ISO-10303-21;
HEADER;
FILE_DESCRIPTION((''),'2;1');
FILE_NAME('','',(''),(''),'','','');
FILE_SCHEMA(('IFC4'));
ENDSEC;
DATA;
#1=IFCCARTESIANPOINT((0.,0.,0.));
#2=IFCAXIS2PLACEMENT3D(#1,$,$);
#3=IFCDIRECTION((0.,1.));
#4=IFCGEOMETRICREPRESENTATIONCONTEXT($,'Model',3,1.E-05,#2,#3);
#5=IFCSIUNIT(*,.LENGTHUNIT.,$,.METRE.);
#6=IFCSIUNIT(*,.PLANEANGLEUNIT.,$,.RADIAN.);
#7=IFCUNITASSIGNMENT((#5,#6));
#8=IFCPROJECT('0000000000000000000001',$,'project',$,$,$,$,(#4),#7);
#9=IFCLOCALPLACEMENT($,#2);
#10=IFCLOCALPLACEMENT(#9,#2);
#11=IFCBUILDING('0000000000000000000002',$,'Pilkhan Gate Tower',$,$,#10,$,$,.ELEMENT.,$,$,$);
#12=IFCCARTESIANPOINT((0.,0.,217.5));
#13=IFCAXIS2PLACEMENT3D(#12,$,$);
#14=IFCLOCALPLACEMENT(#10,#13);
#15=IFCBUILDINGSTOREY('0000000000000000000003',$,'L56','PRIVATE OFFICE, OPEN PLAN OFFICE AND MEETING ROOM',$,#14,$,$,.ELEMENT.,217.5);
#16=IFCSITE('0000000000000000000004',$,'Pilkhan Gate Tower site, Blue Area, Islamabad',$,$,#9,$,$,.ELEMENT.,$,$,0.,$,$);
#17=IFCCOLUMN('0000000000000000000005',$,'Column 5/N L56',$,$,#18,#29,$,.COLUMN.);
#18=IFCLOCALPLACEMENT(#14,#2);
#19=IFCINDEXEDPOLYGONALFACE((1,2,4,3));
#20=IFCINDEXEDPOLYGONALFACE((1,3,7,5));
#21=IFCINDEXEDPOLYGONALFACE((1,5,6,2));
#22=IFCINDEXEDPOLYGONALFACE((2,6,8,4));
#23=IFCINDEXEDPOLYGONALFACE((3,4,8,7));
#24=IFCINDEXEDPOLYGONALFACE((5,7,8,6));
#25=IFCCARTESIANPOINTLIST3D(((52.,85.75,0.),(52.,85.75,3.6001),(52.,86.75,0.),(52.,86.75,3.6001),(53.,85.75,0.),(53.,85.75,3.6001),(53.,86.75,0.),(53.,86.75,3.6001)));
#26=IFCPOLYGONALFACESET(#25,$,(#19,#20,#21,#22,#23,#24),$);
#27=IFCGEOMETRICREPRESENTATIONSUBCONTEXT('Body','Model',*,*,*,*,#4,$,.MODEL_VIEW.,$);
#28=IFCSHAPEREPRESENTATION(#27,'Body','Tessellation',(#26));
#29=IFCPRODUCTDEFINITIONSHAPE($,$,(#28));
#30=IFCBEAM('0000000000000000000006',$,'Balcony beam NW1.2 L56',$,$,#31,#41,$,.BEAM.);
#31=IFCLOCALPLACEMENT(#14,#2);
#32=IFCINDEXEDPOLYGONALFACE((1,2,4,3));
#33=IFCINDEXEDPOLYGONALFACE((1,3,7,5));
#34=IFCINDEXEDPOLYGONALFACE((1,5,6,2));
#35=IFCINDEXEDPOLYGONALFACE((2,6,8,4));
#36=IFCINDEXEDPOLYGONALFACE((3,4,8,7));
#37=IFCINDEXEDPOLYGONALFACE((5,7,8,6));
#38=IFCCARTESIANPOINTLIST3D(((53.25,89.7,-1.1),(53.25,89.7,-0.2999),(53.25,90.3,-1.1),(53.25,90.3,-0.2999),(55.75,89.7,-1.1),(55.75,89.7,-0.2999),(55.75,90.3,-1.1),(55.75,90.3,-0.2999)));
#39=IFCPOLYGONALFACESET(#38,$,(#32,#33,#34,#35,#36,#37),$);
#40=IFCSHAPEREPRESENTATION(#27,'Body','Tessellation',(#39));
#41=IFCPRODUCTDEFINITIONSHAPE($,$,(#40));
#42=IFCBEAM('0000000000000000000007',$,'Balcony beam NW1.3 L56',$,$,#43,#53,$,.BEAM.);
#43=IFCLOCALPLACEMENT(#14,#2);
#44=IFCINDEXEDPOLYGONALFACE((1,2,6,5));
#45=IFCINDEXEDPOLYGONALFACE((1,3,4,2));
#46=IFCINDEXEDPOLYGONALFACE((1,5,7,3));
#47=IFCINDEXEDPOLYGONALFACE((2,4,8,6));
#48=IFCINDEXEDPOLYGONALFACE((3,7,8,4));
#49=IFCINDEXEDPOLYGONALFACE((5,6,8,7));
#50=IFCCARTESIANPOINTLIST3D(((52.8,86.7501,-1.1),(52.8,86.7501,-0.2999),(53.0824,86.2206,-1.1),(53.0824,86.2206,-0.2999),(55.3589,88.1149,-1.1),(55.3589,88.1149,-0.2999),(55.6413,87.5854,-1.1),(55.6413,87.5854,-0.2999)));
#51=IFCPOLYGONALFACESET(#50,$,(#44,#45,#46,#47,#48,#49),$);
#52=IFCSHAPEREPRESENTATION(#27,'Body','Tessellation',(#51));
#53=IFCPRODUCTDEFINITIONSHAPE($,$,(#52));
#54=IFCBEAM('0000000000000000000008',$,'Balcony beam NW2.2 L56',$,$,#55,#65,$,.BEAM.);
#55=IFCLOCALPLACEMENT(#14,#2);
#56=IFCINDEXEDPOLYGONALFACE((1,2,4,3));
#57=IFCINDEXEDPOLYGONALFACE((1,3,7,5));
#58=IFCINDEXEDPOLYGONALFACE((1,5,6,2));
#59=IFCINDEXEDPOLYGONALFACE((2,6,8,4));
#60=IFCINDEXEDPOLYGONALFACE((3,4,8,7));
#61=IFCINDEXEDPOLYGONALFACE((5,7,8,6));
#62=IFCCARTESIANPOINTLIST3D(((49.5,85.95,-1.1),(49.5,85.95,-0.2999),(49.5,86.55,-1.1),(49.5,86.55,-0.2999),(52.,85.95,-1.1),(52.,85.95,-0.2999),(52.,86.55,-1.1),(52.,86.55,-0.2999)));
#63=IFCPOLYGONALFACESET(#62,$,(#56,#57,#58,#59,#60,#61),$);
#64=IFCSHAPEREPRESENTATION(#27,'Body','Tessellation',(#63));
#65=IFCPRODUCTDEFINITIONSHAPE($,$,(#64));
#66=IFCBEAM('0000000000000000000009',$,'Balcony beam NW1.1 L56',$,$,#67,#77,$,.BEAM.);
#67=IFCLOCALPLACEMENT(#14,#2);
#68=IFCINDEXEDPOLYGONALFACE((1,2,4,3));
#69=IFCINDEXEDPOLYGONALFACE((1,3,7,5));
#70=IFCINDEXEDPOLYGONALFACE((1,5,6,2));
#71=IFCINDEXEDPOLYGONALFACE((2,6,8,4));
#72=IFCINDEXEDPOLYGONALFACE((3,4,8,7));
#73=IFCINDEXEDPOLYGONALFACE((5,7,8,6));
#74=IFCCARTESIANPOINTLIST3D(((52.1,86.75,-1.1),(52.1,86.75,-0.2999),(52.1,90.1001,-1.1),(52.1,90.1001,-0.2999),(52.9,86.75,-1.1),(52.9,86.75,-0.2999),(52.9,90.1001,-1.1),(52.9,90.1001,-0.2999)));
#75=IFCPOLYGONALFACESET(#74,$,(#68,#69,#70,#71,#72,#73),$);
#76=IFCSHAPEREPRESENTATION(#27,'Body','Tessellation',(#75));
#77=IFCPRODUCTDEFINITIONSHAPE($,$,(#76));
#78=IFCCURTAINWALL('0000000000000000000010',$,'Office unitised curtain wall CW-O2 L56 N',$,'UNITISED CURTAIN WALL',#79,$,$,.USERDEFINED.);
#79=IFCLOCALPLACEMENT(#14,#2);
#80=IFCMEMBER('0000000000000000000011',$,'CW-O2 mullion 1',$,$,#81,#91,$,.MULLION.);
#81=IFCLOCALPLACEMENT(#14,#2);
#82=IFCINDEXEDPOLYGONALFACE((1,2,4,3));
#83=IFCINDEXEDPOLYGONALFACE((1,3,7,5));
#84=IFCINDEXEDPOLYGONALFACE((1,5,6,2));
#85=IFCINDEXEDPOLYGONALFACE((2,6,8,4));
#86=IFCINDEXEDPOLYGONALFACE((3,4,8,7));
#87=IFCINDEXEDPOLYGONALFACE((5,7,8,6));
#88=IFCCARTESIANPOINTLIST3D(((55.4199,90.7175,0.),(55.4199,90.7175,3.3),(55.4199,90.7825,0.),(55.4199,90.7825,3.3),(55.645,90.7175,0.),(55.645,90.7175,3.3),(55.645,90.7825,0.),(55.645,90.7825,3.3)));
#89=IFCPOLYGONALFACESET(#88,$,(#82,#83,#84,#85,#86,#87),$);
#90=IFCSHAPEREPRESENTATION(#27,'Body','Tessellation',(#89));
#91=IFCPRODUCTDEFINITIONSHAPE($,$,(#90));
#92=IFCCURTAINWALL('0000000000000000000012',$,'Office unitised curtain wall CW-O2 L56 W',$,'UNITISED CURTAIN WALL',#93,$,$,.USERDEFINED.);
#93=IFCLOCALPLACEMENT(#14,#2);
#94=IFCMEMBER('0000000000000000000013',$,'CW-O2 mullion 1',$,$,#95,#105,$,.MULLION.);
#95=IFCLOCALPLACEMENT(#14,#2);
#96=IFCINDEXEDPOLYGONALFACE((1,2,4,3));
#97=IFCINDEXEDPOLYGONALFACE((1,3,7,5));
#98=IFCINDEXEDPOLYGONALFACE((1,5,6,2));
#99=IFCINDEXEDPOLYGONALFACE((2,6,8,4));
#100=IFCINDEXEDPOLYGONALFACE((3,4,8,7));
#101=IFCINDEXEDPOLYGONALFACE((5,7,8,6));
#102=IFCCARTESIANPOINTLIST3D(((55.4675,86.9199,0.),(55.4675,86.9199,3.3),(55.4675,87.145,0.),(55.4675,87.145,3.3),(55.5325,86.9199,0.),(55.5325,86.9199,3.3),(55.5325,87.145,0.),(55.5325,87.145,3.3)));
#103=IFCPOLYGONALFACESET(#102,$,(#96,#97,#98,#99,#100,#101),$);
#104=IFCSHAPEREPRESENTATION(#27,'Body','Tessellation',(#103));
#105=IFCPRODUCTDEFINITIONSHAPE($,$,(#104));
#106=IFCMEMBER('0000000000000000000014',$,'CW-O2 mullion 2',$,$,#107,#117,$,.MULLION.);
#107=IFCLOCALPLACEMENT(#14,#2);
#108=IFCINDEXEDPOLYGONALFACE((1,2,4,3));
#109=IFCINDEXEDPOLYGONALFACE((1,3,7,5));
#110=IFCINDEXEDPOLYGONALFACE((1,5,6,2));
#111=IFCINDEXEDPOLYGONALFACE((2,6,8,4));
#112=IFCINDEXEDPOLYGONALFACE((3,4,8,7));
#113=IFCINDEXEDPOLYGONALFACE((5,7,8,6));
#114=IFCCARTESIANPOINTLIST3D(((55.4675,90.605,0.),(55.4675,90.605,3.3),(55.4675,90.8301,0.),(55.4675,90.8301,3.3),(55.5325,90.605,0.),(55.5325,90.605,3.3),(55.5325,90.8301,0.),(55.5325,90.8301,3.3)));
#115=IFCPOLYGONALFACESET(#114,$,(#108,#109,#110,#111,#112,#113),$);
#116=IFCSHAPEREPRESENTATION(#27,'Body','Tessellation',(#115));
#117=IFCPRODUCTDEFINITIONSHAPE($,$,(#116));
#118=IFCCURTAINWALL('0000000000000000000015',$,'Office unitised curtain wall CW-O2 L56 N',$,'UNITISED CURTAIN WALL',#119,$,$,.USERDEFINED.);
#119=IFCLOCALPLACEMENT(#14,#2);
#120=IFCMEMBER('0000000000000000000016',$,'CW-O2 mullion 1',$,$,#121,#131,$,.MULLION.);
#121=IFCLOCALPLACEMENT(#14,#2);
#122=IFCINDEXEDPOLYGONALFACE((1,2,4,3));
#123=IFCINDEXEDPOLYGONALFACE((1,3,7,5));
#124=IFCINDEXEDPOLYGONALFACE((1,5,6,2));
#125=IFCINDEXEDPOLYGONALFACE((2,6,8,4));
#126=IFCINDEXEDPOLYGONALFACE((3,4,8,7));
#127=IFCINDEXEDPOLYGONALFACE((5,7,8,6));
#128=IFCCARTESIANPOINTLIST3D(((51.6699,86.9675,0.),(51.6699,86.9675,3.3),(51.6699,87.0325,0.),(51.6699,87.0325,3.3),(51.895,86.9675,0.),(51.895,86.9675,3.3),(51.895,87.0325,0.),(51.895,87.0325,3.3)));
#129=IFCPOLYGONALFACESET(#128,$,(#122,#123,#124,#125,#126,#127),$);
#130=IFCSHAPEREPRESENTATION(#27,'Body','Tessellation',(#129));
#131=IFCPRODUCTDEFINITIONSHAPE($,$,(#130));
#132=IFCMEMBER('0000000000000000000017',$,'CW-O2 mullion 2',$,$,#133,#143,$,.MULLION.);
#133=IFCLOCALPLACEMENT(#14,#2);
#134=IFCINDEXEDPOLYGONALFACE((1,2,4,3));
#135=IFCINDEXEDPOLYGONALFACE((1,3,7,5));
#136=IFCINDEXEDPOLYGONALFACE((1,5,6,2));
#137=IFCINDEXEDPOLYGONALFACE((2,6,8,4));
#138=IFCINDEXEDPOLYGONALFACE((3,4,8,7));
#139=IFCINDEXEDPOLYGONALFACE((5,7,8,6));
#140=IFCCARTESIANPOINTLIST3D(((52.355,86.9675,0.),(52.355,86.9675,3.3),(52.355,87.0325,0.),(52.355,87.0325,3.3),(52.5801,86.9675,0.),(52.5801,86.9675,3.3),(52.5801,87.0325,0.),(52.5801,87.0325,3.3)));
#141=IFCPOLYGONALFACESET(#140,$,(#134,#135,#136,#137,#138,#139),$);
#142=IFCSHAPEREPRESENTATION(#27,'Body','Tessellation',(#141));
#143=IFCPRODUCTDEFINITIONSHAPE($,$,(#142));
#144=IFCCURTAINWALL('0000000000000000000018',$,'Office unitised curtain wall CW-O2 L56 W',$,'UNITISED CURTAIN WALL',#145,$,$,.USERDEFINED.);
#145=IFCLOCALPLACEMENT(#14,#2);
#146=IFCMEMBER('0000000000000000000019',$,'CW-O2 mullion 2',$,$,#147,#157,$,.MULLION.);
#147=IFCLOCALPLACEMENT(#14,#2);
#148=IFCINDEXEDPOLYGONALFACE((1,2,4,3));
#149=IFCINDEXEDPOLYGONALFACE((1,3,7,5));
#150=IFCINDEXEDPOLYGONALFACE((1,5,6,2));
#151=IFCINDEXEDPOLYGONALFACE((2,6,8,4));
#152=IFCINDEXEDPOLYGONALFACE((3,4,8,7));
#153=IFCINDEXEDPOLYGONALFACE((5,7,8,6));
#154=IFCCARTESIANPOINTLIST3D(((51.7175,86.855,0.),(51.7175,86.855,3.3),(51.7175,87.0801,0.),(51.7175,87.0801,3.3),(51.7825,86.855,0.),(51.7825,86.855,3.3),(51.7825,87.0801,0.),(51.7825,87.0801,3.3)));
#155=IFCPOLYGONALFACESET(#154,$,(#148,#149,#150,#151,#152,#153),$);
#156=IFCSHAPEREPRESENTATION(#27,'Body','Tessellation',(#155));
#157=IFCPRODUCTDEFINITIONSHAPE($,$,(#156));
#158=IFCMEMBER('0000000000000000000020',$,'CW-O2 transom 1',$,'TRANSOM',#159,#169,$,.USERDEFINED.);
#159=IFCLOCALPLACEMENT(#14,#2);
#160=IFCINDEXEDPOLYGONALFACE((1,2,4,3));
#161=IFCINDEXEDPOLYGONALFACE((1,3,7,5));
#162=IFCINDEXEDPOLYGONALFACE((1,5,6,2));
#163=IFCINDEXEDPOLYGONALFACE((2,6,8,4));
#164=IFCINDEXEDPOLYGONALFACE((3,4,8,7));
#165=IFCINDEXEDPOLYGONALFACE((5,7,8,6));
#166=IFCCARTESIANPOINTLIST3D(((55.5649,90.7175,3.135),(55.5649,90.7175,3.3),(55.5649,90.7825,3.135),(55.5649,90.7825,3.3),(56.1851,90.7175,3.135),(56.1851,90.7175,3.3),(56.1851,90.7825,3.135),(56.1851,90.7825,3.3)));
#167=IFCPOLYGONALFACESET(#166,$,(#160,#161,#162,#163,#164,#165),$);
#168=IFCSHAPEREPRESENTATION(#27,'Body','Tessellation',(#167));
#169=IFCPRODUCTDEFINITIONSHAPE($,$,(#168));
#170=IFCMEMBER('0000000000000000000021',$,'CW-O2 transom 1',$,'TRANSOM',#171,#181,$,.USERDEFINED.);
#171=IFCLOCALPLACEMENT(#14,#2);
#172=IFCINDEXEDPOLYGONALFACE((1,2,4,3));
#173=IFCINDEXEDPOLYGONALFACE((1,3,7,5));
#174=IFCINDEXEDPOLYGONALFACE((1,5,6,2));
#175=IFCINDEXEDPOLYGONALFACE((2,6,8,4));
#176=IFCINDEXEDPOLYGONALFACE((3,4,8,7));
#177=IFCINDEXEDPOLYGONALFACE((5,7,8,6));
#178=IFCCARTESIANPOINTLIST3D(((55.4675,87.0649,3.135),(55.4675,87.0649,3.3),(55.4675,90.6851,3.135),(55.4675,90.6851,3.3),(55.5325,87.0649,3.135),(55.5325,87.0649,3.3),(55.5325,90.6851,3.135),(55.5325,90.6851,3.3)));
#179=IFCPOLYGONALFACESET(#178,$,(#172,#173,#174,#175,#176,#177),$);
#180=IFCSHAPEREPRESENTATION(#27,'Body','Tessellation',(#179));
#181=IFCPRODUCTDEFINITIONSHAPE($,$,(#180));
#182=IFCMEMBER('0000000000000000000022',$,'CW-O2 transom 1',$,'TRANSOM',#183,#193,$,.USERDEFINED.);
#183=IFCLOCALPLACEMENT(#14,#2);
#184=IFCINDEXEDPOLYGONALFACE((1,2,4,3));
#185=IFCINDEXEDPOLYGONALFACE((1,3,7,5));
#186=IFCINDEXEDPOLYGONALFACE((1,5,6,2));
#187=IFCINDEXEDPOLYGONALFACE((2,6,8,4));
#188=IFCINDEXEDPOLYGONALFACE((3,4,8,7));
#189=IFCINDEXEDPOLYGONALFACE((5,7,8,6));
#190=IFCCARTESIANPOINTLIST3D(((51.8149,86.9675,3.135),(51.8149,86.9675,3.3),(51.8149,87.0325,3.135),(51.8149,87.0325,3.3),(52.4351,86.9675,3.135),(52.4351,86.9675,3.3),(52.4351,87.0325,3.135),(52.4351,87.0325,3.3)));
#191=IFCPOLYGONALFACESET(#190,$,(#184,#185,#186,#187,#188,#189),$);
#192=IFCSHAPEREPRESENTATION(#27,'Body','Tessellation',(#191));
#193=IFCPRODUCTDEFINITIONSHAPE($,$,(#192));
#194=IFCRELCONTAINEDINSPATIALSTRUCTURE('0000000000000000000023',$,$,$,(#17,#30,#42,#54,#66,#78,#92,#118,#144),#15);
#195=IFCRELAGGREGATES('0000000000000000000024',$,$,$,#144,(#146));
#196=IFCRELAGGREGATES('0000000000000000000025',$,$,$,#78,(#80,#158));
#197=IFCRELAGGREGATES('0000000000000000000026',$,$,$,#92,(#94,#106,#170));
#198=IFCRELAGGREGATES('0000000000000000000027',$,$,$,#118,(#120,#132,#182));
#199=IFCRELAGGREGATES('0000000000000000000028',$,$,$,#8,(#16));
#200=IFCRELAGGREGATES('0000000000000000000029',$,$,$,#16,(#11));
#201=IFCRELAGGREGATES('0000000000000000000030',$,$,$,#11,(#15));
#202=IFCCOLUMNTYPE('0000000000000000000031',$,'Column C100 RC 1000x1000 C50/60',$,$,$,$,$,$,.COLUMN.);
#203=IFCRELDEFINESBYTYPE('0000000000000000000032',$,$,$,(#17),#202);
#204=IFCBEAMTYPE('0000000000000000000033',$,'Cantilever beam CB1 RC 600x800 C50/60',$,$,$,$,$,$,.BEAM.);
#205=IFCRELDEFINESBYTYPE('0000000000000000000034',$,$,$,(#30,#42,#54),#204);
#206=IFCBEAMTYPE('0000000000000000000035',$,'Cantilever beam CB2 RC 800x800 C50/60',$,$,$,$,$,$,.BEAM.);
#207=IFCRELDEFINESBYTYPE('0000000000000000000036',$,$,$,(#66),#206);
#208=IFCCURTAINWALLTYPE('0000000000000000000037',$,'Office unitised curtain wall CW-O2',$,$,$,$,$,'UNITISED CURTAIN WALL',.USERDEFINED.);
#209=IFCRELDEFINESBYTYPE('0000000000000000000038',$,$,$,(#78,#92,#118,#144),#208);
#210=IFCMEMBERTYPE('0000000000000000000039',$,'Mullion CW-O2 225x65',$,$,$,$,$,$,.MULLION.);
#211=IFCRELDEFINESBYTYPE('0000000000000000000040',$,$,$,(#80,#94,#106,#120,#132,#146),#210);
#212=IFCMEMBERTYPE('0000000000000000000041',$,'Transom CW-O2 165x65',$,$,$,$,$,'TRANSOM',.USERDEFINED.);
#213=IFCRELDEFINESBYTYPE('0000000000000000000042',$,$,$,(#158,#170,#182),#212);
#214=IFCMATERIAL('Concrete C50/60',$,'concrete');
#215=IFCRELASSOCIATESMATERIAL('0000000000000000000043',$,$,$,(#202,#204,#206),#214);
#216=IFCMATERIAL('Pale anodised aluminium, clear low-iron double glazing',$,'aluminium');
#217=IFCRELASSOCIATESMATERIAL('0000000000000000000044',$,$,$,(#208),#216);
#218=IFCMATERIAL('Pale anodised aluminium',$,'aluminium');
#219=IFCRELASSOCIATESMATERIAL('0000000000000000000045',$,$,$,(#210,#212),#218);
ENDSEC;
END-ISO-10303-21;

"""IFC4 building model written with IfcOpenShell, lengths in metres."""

from ifc_helpers import new_model, si_unit, direction, frame, origin, origin_2d, place, context, subcontext, project, spatial, rectangle, extrude, material, material_profile, profile_set, type_object, element, aggregate, save


model = new_model("IFC4")

# Units and contexts
model_context = context("Model", 3, precision=1e-05, world=origin(), true_north=direction((0.0, 1.0)))
body_context = subcontext(model_context, "Body", "Model", "MODEL_VIEW")
ifc_project = project(units=[si_unit("LENGTHUNIT", "METRE"), si_unit("PLANEANGLEUNIT", "RADIAN")], contexts=[model_context])

# Site, building, storey
site_placement = place(None, origin())
site = spatial("IfcSite", under=ifc_project, at=site_placement, Name="Pilkhan Gate Tower site, Blue Area, Islamabad", CompositionType="ELEMENT", RefElevation=0.0)
building_placement = place(site_placement, origin())
building = spatial("IfcBuilding", under=site, at=building_placement, Name="Pilkhan Gate Tower", CompositionType="ELEMENT")
storey_placement = place(building_placement, frame((0.0, 0.0, 217.5)))
storey = spatial("IfcBuildingStorey", under=building, at=storey_placement, Name="L56", Description="PRIVATE OFFICE, OPEN PLAN OFFICE AND MEETING ROOM", CompositionType="ELEMENT", Elevation=217.5)

# Column
ifc_material_1 = material(Name="Concrete C50/60", Category="concrete")
ifc_material_profile_1 = material_profile(ifc_material_1, rectangle(XDim=1.0, YDim=1.0, at=origin_2d()), Name="RC 1000x1000")
ifc_profile_set_1 = profile_set([ifc_material_profile_1], Name="Concrete C50/60")
column_type = type_object("IfcColumnType", Name="Column C100 RC 1000x1000 C50/60", PredefinedType="COLUMN", material=ifc_profile_set_1)
column_placement = place(storey_placement, frame((52.5, 86.25, 0.0), z_axis=(0.0, 0.0, 1.0), x_axis=(1.0, 0.0, 0.0)))
element("IfcColumn", 1, at=column_placement, inside=storey, type_object=column_type, Name="Column 5/N L56", PredefinedType="COLUMN", context=body_context, shape_type="SweptSolid", body=[
    extrude(rectangle(XDim=1.0, YDim=1.0, at=origin_2d()), origin(), (0.0, 0.0, 1.0), 3.6001),
])

# Beams
ifc_material_profile_2 = material_profile(ifc_material_1, rectangle(XDim=0.6001, YDim=0.8, at=origin_2d()), Name="RC 600x800")
ifc_profile_set_2 = profile_set([ifc_material_profile_2], Name="Concrete C50/60")
beam_type_1 = type_object("IfcBeamType", Name="Cantilever beam CB1 RC 600x800 C50/60", PredefinedType="BEAM", material=ifc_profile_set_2)
beam_1_placement = place(storey_placement, frame((55.75, 90.0, -0.7), z_axis=(-1.0, 0.0, 0.0), x_axis=(0.0, -1.0, 0.0)))
element("IfcBeam", 2, at=beam_1_placement, inside=storey, type_object=beam_type_1, Name="Balcony beam NW1.2 L56", PredefinedType="BEAM", context=body_context, shape_type="SweptSolid", body=[
    extrude(rectangle(XDim=0.6001, YDim=0.8, at=origin_2d()), origin(), (0.0, 0.0, 1.0), 2.5),
])
beam_2_placement = place(storey_placement, frame((52.9412, 86.4854, -0.7), z_axis=(0.882348, 0.470597, 0.0), x_axis=(-0.470597, 0.882348, 0.0)))
element("IfcBeam", 3, at=beam_2_placement, inside=storey, type_object=beam_type_1, Name="Balcony beam NW1.3 L56", PredefinedType="BEAM", context=body_context, shape_type="SweptSolid", body=[
    extrude(rectangle(XDim=0.6001, YDim=0.8, at=origin_2d()), origin(), (0.0, 0.0, 1.0), 2.9001),
])
beam_3_placement = place(storey_placement, frame((52.0, 86.25, -0.7), z_axis=(-1.0, 0.0, 0.0), x_axis=(0.0, -1.0, 0.0)))
element("IfcBeam", 4, at=beam_3_placement, inside=storey, type_object=beam_type_1, Name="Balcony beam NW2.2 L56", PredefinedType="BEAM", context=body_context, shape_type="SweptSolid", body=[
    extrude(rectangle(XDim=0.6001, YDim=0.8, at=origin_2d()), origin(), (0.0, 0.0, 1.0), 2.5),
])
ifc_material_profile_3 = material_profile(ifc_material_1, rectangle(XDim=0.8, YDim=0.8, at=origin_2d()), Name="RC 800x800")
ifc_profile_set_3 = profile_set([ifc_material_profile_3], Name="Concrete C50/60")
beam_type_2 = type_object("IfcBeamType", Name="Cantilever beam CB2 RC 800x800 C50/60", PredefinedType="BEAM", material=ifc_profile_set_3)
beam_4_placement = place(storey_placement, frame((52.5, 86.75, -0.7), z_axis=(0.0, 1.0, 0.0), x_axis=(-1.0, 0.0, 0.0)))
element("IfcBeam", 5, at=beam_4_placement, inside=storey, type_object=beam_type_2, Name="Balcony beam NW1.1 L56", PredefinedType="BEAM", context=body_context, shape_type="SweptSolid", body=[
    extrude(rectangle(XDim=0.8, YDim=0.8, at=origin_2d()), origin(), (0.0, 0.0, 1.0), 3.3501),
])

# Curtain wall, member
ifc_material_2 = material(Name="Pale anodised aluminium, clear low-iron double glazing", Category="aluminium")
curtain_wall_type = type_object("IfcCurtainWallType", Name="Office unitised curtain wall CW-O2", ElementType="UNITISED CURTAIN WALL", PredefinedType="USERDEFINED", material=ifc_material_2)
curtain_wall_1_placement = place(storey_placement, origin())
curtain_wall_1 = element("IfcCurtainWall", 6, at=curtain_wall_1_placement, inside=storey, type_object=curtain_wall_type, Name="Office unitised curtain wall CW-O2 L56 N", ObjectType="UNITISED CURTAIN WALL", PredefinedType="USERDEFINED")
ifc_material_3 = material(Name="Pale anodised aluminium", Category="aluminium")
ifc_material_profile_4 = material_profile(ifc_material_3, rectangle(XDim=0.0649, YDim=0.2251, at=origin_2d()), Name="Mullion 225x65")
ifc_profile_set_4 = profile_set([ifc_material_profile_4], Name="Pale anodised aluminium")
member_type_1 = type_object("IfcMemberType", Name="Mullion CW-O2 225x65", PredefinedType="MULLION", material=ifc_profile_set_4)
member_1_placement = place(storey_placement, frame((55.5325, 90.75, 0.0), z_axis=(0.0, 0.0, 1.0), x_axis=(0.0, 1.0, 0.0)))
member_1 = element("IfcMember", 7, at=member_1_placement, type_object=member_type_1, Name="CW-O2 mullion 1", PredefinedType="MULLION", context=body_context, shape_type="SweptSolid", body=[
    extrude(rectangle(XDim=0.0649, YDim=0.2251, at=origin_2d()), origin(), (0.0, 0.0, 1.0), 3.3),
])

# Curtain walls, members
curtain_wall_2_placement = place(storey_placement, origin())
curtain_wall_2 = element("IfcCurtainWall", 8, at=curtain_wall_2_placement, inside=storey, type_object=curtain_wall_type, Name="Office unitised curtain wall CW-O2 L56 W", ObjectType="UNITISED CURTAIN WALL", PredefinedType="USERDEFINED")
member_2_placement = place(storey_placement, frame((55.5, 87.0325, 0.0), z_axis=(0.0, 0.0, 1.0), x_axis=(-1.0, 0.0, 0.0)))
member_2 = element("IfcMember", 9, at=member_2_placement, type_object=member_type_1, Name="CW-O2 mullion 1", PredefinedType="MULLION", context=body_context, shape_type="SweptSolid", body=[
    extrude(rectangle(XDim=0.0649, YDim=0.2251, at=origin_2d()), origin(), (0.0, 0.0, 1.0), 3.3),
])
member_3_placement = place(storey_placement, frame((55.5, 90.7175, 0.0), z_axis=(0.0, 0.0, 1.0), x_axis=(-1.0, 0.0, 0.0)))
member_3 = element("IfcMember", 10, at=member_3_placement, type_object=member_type_1, Name="CW-O2 mullion 2", PredefinedType="MULLION", context=body_context, shape_type="SweptSolid", body=[
    extrude(rectangle(XDim=0.0649, YDim=0.2251, at=origin_2d()), origin(), (0.0, 0.0, 1.0), 3.3),
])
curtain_wall_3_placement = place(storey_placement, origin())
curtain_wall_3 = element("IfcCurtainWall", 11, at=curtain_wall_3_placement, inside=storey, type_object=curtain_wall_type, Name="Office unitised curtain wall CW-O2 L56 N", ObjectType="UNITISED CURTAIN WALL", PredefinedType="USERDEFINED")
member_4_placement = place(storey_placement, frame((51.7825, 87.0, 0.0), z_axis=(0.0, 0.0, 1.0), x_axis=(0.0, 1.0, 0.0)))
member_4 = element("IfcMember", 12, at=member_4_placement, type_object=member_type_1, Name="CW-O2 mullion 1", PredefinedType="MULLION", context=body_context, shape_type="SweptSolid", body=[
    extrude(rectangle(XDim=0.0649, YDim=0.2251, at=origin_2d()), origin(), (0.0, 0.0, 1.0), 3.3),
])
member_5_placement = place(storey_placement, frame((52.4675, 87.0, 0.0), z_axis=(0.0, 0.0, 1.0), x_axis=(0.0, 1.0, 0.0)))
member_5 = element("IfcMember", 13, at=member_5_placement, type_object=member_type_1, Name="CW-O2 mullion 2", PredefinedType="MULLION", context=body_context, shape_type="SweptSolid", body=[
    extrude(rectangle(XDim=0.0649, YDim=0.2251, at=origin_2d()), origin(), (0.0, 0.0, 1.0), 3.3),
])

# Curtain wall, member
curtain_wall_4_placement = place(storey_placement, origin())
curtain_wall_4 = element("IfcCurtainWall", 14, at=curtain_wall_4_placement, inside=storey, type_object=curtain_wall_type, Name="Office unitised curtain wall CW-O2 L56 W", ObjectType="UNITISED CURTAIN WALL", PredefinedType="USERDEFINED")
member_6_placement = place(storey_placement, frame((51.75, 86.9675, 0.0), z_axis=(0.0, 0.0, 1.0), x_axis=(-1.0, 0.0, 0.0)))
member_6 = element("IfcMember", 15, at=member_6_placement, type_object=member_type_1, Name="CW-O2 mullion 2", PredefinedType="MULLION", context=body_context, shape_type="SweptSolid", body=[
    extrude(rectangle(XDim=0.0649, YDim=0.2251, at=origin_2d()), origin(), (0.0, 0.0, 1.0), 3.3),
])
aggregate(curtain_wall_4, [member_6])

# Members
ifc_material_profile_5 = material_profile(ifc_material_3, rectangle(XDim=0.0649, YDim=0.165, at=origin_2d()), Name="Transom 165x65")
ifc_profile_set_5 = profile_set([ifc_material_profile_5], Name="Pale anodised aluminium")
member_type_2 = type_object("IfcMemberType", Name="Transom CW-O2 165x65", ElementType="TRANSOM", PredefinedType="USERDEFINED", material=ifc_profile_set_5)
member_7_placement = place(storey_placement, frame((55.5649, 90.75, 3.2175), z_axis=(1.0, 0.0, 0.0), x_axis=(0.0, 1.0, 0.0)))
member_7 = element("IfcMember", 16, at=member_7_placement, type_object=member_type_2, Name="CW-O2 transom 1", ObjectType="TRANSOM", PredefinedType="USERDEFINED", context=body_context, shape_type="SweptSolid", body=[
    extrude(rectangle(XDim=0.0649, YDim=0.165, at=origin_2d()), origin(), (0.0, 0.0, 1.0), 0.6201),
])
member_8_placement = place(storey_placement, frame((55.5, 87.0649, 3.2175), z_axis=(0.0, 1.0, 0.0), x_axis=(-1.0, 0.0, 0.0)))
member_8 = element("IfcMember", 17, at=member_8_placement, type_object=member_type_2, Name="CW-O2 transom 1", ObjectType="TRANSOM", PredefinedType="USERDEFINED", context=body_context, shape_type="SweptSolid", body=[
    extrude(rectangle(XDim=0.0649, YDim=0.165, at=origin_2d()), origin(), (0.0, 0.0, 1.0), 3.6201),
])
member_9_placement = place(storey_placement, frame((51.8149, 87.0, 3.2175), z_axis=(1.0, 0.0, 0.0), x_axis=(0.0, 1.0, 0.0)))
member_9 = element("IfcMember", 18, at=member_9_placement, type_object=member_type_2, Name="CW-O2 transom 1", ObjectType="TRANSOM", PredefinedType="USERDEFINED", context=body_context, shape_type="SweptSolid", body=[
    extrude(rectangle(XDim=0.0649, YDim=0.165, at=origin_2d()), origin(), (0.0, 0.0, 1.0), 0.6201),
])

aggregate(curtain_wall_1, [member_1, member_7])
aggregate(curtain_wall_2, [member_2, member_3, member_8])
aggregate(curtain_wall_3, [member_4, member_5, member_9])

save(model, "model.ifc")
